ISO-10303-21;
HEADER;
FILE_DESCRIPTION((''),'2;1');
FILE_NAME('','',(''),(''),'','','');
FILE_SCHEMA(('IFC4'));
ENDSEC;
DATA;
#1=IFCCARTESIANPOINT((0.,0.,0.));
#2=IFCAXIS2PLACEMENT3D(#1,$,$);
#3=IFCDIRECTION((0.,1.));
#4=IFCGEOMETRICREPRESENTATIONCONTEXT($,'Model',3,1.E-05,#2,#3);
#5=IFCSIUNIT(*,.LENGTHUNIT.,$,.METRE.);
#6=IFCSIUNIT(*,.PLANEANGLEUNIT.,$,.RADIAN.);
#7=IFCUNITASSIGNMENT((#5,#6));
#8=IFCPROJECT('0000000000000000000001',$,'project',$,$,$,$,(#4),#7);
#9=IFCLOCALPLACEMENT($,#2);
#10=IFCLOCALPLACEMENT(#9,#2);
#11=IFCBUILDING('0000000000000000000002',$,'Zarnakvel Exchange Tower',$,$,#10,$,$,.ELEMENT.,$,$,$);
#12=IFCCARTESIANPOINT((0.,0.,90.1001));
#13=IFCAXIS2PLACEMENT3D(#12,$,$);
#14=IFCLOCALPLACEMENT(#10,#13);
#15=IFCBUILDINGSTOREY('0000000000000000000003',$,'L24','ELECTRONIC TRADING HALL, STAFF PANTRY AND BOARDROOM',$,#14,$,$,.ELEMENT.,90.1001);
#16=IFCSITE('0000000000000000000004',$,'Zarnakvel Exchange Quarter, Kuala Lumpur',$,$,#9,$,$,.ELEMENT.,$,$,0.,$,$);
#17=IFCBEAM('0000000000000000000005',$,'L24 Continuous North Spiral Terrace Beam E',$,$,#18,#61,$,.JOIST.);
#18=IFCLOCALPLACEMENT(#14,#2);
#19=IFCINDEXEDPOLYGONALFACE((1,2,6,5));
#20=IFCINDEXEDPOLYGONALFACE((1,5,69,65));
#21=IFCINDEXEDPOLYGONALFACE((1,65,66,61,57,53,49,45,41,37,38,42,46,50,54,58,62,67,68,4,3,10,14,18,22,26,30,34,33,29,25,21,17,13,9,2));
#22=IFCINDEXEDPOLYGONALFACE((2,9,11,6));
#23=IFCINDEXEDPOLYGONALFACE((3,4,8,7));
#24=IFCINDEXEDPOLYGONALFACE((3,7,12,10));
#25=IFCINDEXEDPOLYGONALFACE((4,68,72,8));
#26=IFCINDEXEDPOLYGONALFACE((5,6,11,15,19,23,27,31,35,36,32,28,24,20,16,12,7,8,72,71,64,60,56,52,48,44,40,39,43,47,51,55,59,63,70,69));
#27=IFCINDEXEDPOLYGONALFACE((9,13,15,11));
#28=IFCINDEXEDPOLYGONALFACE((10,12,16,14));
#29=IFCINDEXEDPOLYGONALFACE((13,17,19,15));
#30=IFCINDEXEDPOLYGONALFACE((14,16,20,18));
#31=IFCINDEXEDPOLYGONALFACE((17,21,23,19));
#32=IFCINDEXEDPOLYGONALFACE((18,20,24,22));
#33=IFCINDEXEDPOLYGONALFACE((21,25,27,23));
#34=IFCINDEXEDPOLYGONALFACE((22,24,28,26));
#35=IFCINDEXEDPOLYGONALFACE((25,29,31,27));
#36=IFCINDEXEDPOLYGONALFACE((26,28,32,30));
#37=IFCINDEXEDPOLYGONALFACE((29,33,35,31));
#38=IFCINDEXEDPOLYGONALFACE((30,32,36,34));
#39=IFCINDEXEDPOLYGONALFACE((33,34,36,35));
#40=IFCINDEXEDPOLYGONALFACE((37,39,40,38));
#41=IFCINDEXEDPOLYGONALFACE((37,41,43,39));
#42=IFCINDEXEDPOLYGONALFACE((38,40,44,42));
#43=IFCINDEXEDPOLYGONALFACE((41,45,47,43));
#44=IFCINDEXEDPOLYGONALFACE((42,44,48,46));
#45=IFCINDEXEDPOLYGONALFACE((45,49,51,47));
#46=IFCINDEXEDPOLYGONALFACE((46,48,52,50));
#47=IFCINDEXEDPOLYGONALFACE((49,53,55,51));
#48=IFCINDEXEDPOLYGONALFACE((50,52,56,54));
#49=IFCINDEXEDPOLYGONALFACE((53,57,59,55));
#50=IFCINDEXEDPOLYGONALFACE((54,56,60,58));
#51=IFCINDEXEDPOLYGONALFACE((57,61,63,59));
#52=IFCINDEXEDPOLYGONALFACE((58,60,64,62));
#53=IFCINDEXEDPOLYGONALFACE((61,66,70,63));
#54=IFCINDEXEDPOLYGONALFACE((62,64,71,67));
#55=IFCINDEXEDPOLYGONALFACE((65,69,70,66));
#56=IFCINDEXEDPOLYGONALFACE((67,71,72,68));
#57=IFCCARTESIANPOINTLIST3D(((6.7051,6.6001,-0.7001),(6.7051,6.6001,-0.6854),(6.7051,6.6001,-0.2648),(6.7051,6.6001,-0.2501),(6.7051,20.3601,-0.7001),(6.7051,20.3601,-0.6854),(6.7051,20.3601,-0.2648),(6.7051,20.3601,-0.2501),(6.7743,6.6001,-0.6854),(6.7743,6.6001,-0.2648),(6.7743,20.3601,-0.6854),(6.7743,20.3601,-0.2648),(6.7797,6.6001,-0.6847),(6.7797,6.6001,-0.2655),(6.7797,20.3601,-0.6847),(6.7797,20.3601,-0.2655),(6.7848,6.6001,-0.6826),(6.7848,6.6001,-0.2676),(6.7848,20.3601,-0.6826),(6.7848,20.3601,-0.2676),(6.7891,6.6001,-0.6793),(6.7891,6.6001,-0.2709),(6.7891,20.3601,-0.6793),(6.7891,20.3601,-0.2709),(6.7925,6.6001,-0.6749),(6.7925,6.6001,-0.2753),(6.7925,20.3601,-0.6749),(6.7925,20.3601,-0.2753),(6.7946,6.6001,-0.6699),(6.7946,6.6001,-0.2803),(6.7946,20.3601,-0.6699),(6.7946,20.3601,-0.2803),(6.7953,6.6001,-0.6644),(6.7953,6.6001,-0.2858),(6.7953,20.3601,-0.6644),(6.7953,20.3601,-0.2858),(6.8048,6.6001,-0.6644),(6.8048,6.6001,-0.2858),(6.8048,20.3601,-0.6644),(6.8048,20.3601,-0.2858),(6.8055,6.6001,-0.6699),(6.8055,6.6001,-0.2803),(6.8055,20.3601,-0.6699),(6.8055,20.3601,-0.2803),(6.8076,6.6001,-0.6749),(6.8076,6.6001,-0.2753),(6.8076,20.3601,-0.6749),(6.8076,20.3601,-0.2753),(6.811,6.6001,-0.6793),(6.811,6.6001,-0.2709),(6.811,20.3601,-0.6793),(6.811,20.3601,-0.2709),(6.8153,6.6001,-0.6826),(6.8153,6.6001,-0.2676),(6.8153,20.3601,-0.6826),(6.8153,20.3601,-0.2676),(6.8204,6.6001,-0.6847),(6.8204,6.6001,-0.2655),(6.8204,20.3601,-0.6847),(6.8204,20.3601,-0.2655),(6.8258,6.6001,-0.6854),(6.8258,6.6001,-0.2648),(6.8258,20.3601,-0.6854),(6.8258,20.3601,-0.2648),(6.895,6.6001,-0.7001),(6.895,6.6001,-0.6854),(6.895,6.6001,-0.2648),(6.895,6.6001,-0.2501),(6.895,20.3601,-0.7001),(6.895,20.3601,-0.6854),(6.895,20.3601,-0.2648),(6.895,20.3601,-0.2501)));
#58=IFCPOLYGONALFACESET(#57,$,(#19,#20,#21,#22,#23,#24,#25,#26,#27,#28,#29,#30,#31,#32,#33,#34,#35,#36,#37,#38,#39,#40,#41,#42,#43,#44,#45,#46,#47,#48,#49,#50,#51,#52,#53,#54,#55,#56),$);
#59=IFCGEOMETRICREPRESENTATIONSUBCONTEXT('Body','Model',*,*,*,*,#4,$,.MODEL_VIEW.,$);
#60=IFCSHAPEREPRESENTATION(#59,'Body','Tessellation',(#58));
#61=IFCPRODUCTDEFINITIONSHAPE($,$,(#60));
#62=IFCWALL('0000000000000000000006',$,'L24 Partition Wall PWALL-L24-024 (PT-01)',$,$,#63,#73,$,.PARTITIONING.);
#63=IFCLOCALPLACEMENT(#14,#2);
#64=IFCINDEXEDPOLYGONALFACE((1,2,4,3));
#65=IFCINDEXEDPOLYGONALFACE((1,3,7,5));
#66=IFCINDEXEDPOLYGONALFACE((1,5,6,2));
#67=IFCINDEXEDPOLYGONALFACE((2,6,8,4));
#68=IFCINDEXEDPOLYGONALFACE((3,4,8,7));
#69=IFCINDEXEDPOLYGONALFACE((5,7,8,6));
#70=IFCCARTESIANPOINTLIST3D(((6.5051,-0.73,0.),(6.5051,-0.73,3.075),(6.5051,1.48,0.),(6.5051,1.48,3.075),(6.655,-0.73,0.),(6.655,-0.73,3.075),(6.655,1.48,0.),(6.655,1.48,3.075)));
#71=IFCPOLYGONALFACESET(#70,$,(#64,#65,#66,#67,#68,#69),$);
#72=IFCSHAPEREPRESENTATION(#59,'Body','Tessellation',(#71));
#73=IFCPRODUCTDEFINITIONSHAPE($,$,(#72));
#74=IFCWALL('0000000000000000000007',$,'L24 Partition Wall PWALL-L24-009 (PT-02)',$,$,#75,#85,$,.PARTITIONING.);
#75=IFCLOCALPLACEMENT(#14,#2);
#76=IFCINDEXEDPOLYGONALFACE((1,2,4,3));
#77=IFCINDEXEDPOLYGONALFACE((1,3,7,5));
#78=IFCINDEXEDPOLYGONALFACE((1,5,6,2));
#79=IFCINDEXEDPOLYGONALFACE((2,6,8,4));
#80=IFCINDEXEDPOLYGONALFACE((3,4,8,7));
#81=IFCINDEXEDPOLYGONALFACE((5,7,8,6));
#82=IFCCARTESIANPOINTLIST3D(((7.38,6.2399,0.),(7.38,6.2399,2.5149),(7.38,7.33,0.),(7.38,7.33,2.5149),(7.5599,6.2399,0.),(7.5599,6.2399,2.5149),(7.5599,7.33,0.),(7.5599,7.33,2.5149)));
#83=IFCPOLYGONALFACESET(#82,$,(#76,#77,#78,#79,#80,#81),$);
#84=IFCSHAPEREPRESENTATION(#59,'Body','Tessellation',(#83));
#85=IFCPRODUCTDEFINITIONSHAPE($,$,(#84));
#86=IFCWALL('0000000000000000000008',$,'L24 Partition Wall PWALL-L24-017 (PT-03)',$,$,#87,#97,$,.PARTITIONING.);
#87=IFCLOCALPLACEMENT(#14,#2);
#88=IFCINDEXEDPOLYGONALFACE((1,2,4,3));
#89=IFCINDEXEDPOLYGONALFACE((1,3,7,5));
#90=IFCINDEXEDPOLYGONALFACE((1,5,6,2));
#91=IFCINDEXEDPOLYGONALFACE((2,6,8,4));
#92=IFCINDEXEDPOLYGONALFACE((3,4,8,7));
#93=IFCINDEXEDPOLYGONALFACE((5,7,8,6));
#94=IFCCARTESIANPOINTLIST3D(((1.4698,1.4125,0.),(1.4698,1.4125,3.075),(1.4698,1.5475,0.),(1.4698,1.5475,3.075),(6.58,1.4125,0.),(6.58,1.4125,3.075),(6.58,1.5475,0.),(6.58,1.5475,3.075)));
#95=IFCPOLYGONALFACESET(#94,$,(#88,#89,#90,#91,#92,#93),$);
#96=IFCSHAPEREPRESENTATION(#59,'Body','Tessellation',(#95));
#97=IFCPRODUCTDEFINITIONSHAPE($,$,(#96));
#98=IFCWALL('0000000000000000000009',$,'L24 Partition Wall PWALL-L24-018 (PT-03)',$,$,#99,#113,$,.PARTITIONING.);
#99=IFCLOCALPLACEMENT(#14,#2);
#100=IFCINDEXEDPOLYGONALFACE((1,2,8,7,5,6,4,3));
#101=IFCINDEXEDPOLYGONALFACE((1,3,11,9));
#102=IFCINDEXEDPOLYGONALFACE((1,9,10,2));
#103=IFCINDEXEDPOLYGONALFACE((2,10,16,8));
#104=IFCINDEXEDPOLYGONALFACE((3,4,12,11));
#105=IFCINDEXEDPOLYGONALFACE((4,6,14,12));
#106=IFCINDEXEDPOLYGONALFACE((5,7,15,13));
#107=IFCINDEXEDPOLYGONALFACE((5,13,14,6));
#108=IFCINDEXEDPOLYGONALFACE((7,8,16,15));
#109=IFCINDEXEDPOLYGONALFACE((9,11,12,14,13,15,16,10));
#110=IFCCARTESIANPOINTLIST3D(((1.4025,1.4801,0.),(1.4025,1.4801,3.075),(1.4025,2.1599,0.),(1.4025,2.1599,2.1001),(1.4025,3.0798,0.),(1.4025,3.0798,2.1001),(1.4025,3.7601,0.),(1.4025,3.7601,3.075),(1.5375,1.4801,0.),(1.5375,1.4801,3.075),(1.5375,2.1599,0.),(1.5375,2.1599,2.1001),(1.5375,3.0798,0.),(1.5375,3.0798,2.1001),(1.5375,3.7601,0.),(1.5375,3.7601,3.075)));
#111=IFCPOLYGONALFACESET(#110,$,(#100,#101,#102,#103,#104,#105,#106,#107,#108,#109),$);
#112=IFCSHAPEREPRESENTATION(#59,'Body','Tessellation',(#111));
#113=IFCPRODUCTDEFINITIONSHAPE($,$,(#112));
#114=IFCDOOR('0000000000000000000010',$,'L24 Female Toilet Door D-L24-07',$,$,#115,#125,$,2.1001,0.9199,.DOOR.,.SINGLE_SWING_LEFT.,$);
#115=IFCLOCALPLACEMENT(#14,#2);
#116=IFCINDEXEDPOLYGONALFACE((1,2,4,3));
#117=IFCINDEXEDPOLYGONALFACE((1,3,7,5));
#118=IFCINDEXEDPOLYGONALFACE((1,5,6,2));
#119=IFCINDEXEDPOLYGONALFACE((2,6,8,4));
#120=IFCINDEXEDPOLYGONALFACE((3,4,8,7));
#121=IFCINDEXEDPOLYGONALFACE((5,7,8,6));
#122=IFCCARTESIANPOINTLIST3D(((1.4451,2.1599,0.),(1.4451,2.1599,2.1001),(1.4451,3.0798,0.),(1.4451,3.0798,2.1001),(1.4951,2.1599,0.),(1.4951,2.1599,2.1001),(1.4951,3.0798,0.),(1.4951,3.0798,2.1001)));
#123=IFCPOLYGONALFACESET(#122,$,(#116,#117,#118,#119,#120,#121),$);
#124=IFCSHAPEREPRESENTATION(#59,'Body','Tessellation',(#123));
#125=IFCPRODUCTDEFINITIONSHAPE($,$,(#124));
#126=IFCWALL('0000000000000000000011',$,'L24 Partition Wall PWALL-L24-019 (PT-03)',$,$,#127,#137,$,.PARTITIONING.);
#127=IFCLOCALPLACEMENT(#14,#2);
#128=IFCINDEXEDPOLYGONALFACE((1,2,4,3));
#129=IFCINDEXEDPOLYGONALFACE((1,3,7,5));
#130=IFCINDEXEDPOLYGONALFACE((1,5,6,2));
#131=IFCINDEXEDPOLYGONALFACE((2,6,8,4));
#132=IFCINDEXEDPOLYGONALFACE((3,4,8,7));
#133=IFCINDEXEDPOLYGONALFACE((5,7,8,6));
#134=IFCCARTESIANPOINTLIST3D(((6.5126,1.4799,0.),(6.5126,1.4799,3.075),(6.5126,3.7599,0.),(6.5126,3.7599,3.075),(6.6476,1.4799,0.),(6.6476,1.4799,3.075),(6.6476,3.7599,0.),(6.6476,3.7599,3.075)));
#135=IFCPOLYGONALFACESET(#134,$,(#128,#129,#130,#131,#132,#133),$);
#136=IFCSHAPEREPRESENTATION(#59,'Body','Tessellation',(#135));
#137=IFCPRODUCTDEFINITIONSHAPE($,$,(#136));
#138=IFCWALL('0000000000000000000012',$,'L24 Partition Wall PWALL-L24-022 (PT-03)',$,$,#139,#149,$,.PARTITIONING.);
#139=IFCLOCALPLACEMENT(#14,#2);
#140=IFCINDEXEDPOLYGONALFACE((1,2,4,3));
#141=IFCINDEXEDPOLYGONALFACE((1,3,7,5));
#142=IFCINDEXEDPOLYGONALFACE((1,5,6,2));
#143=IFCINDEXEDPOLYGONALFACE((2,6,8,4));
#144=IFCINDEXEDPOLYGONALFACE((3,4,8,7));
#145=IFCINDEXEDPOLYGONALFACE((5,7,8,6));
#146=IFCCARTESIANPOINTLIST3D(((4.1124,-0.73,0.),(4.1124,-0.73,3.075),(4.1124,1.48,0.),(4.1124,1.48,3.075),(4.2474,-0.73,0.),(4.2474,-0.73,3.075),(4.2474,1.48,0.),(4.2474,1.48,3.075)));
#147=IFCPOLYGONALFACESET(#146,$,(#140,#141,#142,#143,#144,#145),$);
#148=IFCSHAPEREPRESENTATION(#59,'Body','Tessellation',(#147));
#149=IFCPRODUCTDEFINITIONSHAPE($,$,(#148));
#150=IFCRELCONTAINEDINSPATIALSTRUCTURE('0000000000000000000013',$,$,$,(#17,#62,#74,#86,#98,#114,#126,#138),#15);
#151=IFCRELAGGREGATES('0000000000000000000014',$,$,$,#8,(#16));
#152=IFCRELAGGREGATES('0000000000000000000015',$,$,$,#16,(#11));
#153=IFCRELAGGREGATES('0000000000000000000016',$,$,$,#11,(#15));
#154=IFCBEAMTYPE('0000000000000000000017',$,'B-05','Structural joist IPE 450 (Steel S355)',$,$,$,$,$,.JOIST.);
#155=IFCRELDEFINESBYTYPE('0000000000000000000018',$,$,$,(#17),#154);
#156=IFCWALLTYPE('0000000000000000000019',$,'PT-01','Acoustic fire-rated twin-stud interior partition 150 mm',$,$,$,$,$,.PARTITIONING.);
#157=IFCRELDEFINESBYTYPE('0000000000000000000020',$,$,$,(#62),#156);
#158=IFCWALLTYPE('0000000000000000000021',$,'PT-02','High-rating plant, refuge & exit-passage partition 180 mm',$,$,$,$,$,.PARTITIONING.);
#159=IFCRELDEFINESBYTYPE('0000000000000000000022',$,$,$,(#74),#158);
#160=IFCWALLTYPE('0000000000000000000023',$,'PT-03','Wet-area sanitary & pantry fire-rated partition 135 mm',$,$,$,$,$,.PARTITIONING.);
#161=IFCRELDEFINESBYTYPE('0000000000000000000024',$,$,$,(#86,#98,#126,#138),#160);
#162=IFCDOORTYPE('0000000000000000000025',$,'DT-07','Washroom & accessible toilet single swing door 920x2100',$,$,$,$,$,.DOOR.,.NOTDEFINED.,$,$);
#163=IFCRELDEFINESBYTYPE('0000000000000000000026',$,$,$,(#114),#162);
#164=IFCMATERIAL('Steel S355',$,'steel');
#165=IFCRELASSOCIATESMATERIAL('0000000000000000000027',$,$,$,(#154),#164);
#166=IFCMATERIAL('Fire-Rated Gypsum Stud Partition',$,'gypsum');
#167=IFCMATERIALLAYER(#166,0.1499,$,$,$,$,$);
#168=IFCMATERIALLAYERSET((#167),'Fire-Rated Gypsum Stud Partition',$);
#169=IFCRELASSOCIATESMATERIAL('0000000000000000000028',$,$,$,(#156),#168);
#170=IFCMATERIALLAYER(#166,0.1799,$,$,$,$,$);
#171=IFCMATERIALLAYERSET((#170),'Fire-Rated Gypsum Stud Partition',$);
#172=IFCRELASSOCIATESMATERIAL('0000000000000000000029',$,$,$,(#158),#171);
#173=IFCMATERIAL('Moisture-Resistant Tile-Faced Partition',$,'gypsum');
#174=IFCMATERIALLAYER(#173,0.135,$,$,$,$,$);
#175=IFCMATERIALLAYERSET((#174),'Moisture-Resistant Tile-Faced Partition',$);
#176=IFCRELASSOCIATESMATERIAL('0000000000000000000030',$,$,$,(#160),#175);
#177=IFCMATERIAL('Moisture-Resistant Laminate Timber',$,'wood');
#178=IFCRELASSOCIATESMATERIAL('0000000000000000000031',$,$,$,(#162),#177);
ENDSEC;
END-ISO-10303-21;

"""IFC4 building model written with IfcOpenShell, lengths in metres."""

from ifc_helpers import new_model, si_unit, direction, frame, frame_2d, origin, origin_2d, place, context, subcontext, project, spatial, rectangle, i_section, extrude, source, transform, mapped, material, layer, layer_set, material_profile, profile_set, type_object, element, fill, save


model = new_model("IFC4")

# Units and contexts
model_context = context("Model", 3, precision=1e-05, world=origin(), true_north=direction((0.0, 1.0)))
body_context = subcontext(model_context, "Body", "Model", "MODEL_VIEW")
ifc_project = project(units=[si_unit("LENGTHUNIT", "METRE"), si_unit("PLANEANGLEUNIT", "RADIAN")], contexts=[model_context])

# Site, building, storey
site_placement = place(None, origin())
site = spatial("IfcSite", under=ifc_project, at=site_placement, Name="Zarnakvel Exchange Quarter, Kuala Lumpur", CompositionType="ELEMENT", RefElevation=0.0)
building_placement = place(site_placement, origin())
building = spatial("IfcBuilding", under=site, at=building_placement, Name="Zarnakvel Exchange Tower", CompositionType="ELEMENT")
storey_placement = place(building_placement, frame((0.0, 0.0, 90.1001)))
storey = spatial("IfcBuildingStorey", under=building, at=storey_placement, Name="L24", Description="ELECTRONIC TRADING HALL, STAFF PANTRY AND BOARDROOM", CompositionType="ELEMENT", Elevation=90.1001)

# Beam
ifc_material_1 = material(Name="Steel S355", Category="steel")
ifc_material_profile = material_profile(ifc_material_1, i_section(OverallWidth=0.1899, OverallDepth=0.45, WebThickness=0.0095, FlangeThickness=0.0146, FilletRadius=0.021, at=origin_2d()))
ifc_profile_set = profile_set([ifc_material_profile], Name="Steel S355")
beam_type = type_object("IfcBeamType", Name="B-05", Description="Structural joist IPE 450 (Steel S355)", PredefinedType="JOIST", material=ifc_profile_set)
beam_placement = place(storey_placement, frame((6.8, 6.6001, -0.4751), z_axis=(0.0, 1.0, 0.0), x_axis=(-1.0, 0.0, 0.0)))
element("IfcBeam", 1, at=beam_placement, inside=storey, type_object=beam_type, Name="L24 Continuous North Spiral Terrace Beam E", PredefinedType="JOIST", context=body_context, shape_type="SweptSolid", body=[
    extrude(i_section(OverallWidth=0.1899, OverallDepth=0.45, WebThickness=0.0095, FlangeThickness=0.0146, FilletRadius=0.021, at=origin_2d()), origin(), (0.0, 0.0, 1.0), 13.76),
])

# Walls
ifc_material_2 = material(Name="Fire-Rated Gypsum Stud Partition", Category="gypsum")
ifc_layer_1 = layer(ifc_material_2, 0.1499)
ifc_layer_set_1 = layer_set([ifc_layer_1], Name="Fire-Rated Gypsum Stud Partition")
wall_type_1 = type_object("IfcWallType", Name="PT-01", Description="Acoustic fire-rated twin-stud interior partition 150 mm", PredefinedType="PARTITIONING", material=ifc_layer_set_1)
wall_1_placement = place(storey_placement, frame((6.5801, 1.48, 0.0), z_axis=(0.0, 0.0, 1.0), x_axis=(0.0, -1.0, 0.0)))
element("IfcWall", 2, at=wall_1_placement, inside=storey, type_object=wall_type_1, Name="L24 Partition Wall PWALL-L24-024 (PT-01)", PredefinedType="PARTITIONING", context=body_context, shape_type="SweptSolid", body=[
    extrude(rectangle(XDim=2.21, YDim=0.1499, at=frame_2d((1.105, 0.0))), origin(), (0.0, 0.0, 1.0), 3.075),
])
ifc_layer_2 = layer(ifc_material_2, 0.1799)
ifc_layer_set_2 = layer_set([ifc_layer_2], Name="Fire-Rated Gypsum Stud Partition")
wall_type_2 = type_object("IfcWallType", Name="PT-02", Description="High-rating plant, refuge & exit-passage partition 180 mm", PredefinedType="PARTITIONING", material=ifc_layer_set_2)
wall_2_placement = place(storey_placement, frame((7.47, 6.24, 0.0), z_axis=(0.0, 0.0, 1.0), x_axis=(0.0, 1.0, 0.0)))
element("IfcWall", 3, at=wall_2_placement, inside=storey, type_object=wall_type_2, Name="L24 Partition Wall PWALL-L24-009 (PT-02)", PredefinedType="PARTITIONING", context=body_context, shape_type="SweptSolid", body=[
    extrude(rectangle(XDim=1.0901, YDim=0.1799, at=frame_2d((0.5449, 0.0))), origin(), (0.0, 0.0, 1.0), 2.5149),
])
ifc_material_3 = material(Name="Moisture-Resistant Tile-Faced Partition", Category="gypsum")
ifc_layer_3 = layer(ifc_material_3, 0.135)
ifc_layer_set_3 = layer_set([ifc_layer_3], Name="Moisture-Resistant Tile-Faced Partition")
wall_type_3 = type_object("IfcWallType", Name="PT-03", Description="Wet-area sanitary & pantry fire-rated partition 135 mm", PredefinedType="PARTITIONING", material=ifc_layer_set_3)
wall_3_placement = place(storey_placement, frame((6.5801, 1.48, 0.0), z_axis=(0.0, 0.0, 1.0), x_axis=(-1.0, 0.0, 0.0)))
element("IfcWall", 4, at=wall_3_placement, inside=storey, type_object=wall_type_3, Name="L24 Partition Wall PWALL-L24-017 (PT-03)", PredefinedType="PARTITIONING", context=body_context, shape_type="SweptSolid", body=[
    extrude(rectangle(XDim=5.1101, YDim=0.135, at=frame_2d((2.5552, 0.0))), origin(), (0.0, 0.0, 1.0), 3.075),
])

# Wall, opening, door
wall_4_placement = place(storey_placement, frame((1.47, 1.48, 0.0), z_axis=(0.0, 0.0, 1.0), x_axis=(0.0, 1.0, 0.0)))
wall_4 = element("IfcWall", 5, at=wall_4_placement, inside=storey, type_object=wall_type_3, Name="L24 Partition Wall PWALL-L24-018 (PT-03)", PredefinedType="PARTITIONING", context=body_context, shape_type="SweptSolid", body=[
    extrude(rectangle(XDim=2.28, YDim=0.135, at=frame_2d((1.1401, 0.0))), origin(), (0.0, 0.0, 1.0), 3.075),
])
opening_1_placement = place(wall_4_placement, frame((0.6799, 0.0, 0.0)))
opening_1 = element("IfcOpeningElement", 6, at=opening_1_placement, cuts=wall_4, PredefinedType="OPENING", context=body_context, shape_type="SweptSolid", body=[
    extrude(rectangle(XDim=0.9199, YDim=2.1001, at=frame_2d((0.46, 1.05))), frame((0.0, 0.0774, 0.0), z_axis=(0.0, -1.0, 0.0), x_axis=(1.0, 0.0, 0.0)), (0.0, 0.0, 1.0), 0.155),
])
ifc_material_4 = material(Name="Moisture-Resistant Laminate Timber", Category="wood")
door_type_1 = type_object("IfcDoorType", Name="DT-07", Description="Washroom & accessible toilet single swing door 920x2100", OperationType="NOTDEFINED", PredefinedType="DOOR", material=ifc_material_4)
shared_shape_1 = source(origin(), body_context, "Body", "SweptSolid", [
    extrude(rectangle(XDim=0.9199, YDim=2.1001, at=frame_2d((0.46, 1.05))), frame((0.0, 0.0249, 0.0), z_axis=(0.0, -1.0, 0.0), x_axis=(1.0, 0.0, 0.0)), (0.0, 0.0, 1.0), 0.05),
])
door_1_placement = place(opening_1_placement, origin())
door_1 = element("IfcDoor", 7, at=door_1_placement, inside=storey, type_object=door_type_1, Name="L24 Female Toilet Door D-L24-07", OperationType="SINGLE_SWING_LEFT", OverallHeight=2.1001, OverallWidth=0.9199, PredefinedType="DOOR", context=body_context, shape_type="MappedRepresentation", body=[
    mapped(shared_shape_1, transform((0.0, 0.0, 0.0), x_axis=(1.0, 0.0, 0.0), y_axis=(0.0, 1.0, 0.0), z_axis=(0.0, 0.0, 1.0), scale=1.0)),
])
fill(opening_1, door_1)

# Walls
wall_5_placement = place(storey_placement, frame((6.5801, 3.76, 0.0), z_axis=(0.0, 0.0, 1.0), x_axis=(0.0, -1.0, 0.0)))
element("IfcWall", 8, at=wall_5_placement, inside=storey, type_object=wall_type_3, Name="L24 Partition Wall PWALL-L24-019 (PT-03)", PredefinedType="PARTITIONING", context=body_context, shape_type="SweptSolid", body=[
    extrude(rectangle(XDim=2.28, YDim=0.135, at=frame_2d((1.1401, 0.0))), origin(), (0.0, 0.0, 1.0), 3.075),
])
wall_6_placement = place(storey_placement, frame((4.1799, 1.48, 0.0), z_axis=(0.0, 0.0, 1.0), x_axis=(0.0, -1.0, 0.0)))
element("IfcWall", 9, at=wall_6_placement, inside=storey, type_object=wall_type_3, Name="L24 Partition Wall PWALL-L24-022 (PT-03)", PredefinedType="PARTITIONING", context=body_context, shape_type="SweptSolid", body=[
    extrude(rectangle(XDim=2.21, YDim=0.135, at=frame_2d((1.105, 0.0))), origin(), (0.0, 0.0, 1.0), 3.075),
])

save(model, "model.ifc")
